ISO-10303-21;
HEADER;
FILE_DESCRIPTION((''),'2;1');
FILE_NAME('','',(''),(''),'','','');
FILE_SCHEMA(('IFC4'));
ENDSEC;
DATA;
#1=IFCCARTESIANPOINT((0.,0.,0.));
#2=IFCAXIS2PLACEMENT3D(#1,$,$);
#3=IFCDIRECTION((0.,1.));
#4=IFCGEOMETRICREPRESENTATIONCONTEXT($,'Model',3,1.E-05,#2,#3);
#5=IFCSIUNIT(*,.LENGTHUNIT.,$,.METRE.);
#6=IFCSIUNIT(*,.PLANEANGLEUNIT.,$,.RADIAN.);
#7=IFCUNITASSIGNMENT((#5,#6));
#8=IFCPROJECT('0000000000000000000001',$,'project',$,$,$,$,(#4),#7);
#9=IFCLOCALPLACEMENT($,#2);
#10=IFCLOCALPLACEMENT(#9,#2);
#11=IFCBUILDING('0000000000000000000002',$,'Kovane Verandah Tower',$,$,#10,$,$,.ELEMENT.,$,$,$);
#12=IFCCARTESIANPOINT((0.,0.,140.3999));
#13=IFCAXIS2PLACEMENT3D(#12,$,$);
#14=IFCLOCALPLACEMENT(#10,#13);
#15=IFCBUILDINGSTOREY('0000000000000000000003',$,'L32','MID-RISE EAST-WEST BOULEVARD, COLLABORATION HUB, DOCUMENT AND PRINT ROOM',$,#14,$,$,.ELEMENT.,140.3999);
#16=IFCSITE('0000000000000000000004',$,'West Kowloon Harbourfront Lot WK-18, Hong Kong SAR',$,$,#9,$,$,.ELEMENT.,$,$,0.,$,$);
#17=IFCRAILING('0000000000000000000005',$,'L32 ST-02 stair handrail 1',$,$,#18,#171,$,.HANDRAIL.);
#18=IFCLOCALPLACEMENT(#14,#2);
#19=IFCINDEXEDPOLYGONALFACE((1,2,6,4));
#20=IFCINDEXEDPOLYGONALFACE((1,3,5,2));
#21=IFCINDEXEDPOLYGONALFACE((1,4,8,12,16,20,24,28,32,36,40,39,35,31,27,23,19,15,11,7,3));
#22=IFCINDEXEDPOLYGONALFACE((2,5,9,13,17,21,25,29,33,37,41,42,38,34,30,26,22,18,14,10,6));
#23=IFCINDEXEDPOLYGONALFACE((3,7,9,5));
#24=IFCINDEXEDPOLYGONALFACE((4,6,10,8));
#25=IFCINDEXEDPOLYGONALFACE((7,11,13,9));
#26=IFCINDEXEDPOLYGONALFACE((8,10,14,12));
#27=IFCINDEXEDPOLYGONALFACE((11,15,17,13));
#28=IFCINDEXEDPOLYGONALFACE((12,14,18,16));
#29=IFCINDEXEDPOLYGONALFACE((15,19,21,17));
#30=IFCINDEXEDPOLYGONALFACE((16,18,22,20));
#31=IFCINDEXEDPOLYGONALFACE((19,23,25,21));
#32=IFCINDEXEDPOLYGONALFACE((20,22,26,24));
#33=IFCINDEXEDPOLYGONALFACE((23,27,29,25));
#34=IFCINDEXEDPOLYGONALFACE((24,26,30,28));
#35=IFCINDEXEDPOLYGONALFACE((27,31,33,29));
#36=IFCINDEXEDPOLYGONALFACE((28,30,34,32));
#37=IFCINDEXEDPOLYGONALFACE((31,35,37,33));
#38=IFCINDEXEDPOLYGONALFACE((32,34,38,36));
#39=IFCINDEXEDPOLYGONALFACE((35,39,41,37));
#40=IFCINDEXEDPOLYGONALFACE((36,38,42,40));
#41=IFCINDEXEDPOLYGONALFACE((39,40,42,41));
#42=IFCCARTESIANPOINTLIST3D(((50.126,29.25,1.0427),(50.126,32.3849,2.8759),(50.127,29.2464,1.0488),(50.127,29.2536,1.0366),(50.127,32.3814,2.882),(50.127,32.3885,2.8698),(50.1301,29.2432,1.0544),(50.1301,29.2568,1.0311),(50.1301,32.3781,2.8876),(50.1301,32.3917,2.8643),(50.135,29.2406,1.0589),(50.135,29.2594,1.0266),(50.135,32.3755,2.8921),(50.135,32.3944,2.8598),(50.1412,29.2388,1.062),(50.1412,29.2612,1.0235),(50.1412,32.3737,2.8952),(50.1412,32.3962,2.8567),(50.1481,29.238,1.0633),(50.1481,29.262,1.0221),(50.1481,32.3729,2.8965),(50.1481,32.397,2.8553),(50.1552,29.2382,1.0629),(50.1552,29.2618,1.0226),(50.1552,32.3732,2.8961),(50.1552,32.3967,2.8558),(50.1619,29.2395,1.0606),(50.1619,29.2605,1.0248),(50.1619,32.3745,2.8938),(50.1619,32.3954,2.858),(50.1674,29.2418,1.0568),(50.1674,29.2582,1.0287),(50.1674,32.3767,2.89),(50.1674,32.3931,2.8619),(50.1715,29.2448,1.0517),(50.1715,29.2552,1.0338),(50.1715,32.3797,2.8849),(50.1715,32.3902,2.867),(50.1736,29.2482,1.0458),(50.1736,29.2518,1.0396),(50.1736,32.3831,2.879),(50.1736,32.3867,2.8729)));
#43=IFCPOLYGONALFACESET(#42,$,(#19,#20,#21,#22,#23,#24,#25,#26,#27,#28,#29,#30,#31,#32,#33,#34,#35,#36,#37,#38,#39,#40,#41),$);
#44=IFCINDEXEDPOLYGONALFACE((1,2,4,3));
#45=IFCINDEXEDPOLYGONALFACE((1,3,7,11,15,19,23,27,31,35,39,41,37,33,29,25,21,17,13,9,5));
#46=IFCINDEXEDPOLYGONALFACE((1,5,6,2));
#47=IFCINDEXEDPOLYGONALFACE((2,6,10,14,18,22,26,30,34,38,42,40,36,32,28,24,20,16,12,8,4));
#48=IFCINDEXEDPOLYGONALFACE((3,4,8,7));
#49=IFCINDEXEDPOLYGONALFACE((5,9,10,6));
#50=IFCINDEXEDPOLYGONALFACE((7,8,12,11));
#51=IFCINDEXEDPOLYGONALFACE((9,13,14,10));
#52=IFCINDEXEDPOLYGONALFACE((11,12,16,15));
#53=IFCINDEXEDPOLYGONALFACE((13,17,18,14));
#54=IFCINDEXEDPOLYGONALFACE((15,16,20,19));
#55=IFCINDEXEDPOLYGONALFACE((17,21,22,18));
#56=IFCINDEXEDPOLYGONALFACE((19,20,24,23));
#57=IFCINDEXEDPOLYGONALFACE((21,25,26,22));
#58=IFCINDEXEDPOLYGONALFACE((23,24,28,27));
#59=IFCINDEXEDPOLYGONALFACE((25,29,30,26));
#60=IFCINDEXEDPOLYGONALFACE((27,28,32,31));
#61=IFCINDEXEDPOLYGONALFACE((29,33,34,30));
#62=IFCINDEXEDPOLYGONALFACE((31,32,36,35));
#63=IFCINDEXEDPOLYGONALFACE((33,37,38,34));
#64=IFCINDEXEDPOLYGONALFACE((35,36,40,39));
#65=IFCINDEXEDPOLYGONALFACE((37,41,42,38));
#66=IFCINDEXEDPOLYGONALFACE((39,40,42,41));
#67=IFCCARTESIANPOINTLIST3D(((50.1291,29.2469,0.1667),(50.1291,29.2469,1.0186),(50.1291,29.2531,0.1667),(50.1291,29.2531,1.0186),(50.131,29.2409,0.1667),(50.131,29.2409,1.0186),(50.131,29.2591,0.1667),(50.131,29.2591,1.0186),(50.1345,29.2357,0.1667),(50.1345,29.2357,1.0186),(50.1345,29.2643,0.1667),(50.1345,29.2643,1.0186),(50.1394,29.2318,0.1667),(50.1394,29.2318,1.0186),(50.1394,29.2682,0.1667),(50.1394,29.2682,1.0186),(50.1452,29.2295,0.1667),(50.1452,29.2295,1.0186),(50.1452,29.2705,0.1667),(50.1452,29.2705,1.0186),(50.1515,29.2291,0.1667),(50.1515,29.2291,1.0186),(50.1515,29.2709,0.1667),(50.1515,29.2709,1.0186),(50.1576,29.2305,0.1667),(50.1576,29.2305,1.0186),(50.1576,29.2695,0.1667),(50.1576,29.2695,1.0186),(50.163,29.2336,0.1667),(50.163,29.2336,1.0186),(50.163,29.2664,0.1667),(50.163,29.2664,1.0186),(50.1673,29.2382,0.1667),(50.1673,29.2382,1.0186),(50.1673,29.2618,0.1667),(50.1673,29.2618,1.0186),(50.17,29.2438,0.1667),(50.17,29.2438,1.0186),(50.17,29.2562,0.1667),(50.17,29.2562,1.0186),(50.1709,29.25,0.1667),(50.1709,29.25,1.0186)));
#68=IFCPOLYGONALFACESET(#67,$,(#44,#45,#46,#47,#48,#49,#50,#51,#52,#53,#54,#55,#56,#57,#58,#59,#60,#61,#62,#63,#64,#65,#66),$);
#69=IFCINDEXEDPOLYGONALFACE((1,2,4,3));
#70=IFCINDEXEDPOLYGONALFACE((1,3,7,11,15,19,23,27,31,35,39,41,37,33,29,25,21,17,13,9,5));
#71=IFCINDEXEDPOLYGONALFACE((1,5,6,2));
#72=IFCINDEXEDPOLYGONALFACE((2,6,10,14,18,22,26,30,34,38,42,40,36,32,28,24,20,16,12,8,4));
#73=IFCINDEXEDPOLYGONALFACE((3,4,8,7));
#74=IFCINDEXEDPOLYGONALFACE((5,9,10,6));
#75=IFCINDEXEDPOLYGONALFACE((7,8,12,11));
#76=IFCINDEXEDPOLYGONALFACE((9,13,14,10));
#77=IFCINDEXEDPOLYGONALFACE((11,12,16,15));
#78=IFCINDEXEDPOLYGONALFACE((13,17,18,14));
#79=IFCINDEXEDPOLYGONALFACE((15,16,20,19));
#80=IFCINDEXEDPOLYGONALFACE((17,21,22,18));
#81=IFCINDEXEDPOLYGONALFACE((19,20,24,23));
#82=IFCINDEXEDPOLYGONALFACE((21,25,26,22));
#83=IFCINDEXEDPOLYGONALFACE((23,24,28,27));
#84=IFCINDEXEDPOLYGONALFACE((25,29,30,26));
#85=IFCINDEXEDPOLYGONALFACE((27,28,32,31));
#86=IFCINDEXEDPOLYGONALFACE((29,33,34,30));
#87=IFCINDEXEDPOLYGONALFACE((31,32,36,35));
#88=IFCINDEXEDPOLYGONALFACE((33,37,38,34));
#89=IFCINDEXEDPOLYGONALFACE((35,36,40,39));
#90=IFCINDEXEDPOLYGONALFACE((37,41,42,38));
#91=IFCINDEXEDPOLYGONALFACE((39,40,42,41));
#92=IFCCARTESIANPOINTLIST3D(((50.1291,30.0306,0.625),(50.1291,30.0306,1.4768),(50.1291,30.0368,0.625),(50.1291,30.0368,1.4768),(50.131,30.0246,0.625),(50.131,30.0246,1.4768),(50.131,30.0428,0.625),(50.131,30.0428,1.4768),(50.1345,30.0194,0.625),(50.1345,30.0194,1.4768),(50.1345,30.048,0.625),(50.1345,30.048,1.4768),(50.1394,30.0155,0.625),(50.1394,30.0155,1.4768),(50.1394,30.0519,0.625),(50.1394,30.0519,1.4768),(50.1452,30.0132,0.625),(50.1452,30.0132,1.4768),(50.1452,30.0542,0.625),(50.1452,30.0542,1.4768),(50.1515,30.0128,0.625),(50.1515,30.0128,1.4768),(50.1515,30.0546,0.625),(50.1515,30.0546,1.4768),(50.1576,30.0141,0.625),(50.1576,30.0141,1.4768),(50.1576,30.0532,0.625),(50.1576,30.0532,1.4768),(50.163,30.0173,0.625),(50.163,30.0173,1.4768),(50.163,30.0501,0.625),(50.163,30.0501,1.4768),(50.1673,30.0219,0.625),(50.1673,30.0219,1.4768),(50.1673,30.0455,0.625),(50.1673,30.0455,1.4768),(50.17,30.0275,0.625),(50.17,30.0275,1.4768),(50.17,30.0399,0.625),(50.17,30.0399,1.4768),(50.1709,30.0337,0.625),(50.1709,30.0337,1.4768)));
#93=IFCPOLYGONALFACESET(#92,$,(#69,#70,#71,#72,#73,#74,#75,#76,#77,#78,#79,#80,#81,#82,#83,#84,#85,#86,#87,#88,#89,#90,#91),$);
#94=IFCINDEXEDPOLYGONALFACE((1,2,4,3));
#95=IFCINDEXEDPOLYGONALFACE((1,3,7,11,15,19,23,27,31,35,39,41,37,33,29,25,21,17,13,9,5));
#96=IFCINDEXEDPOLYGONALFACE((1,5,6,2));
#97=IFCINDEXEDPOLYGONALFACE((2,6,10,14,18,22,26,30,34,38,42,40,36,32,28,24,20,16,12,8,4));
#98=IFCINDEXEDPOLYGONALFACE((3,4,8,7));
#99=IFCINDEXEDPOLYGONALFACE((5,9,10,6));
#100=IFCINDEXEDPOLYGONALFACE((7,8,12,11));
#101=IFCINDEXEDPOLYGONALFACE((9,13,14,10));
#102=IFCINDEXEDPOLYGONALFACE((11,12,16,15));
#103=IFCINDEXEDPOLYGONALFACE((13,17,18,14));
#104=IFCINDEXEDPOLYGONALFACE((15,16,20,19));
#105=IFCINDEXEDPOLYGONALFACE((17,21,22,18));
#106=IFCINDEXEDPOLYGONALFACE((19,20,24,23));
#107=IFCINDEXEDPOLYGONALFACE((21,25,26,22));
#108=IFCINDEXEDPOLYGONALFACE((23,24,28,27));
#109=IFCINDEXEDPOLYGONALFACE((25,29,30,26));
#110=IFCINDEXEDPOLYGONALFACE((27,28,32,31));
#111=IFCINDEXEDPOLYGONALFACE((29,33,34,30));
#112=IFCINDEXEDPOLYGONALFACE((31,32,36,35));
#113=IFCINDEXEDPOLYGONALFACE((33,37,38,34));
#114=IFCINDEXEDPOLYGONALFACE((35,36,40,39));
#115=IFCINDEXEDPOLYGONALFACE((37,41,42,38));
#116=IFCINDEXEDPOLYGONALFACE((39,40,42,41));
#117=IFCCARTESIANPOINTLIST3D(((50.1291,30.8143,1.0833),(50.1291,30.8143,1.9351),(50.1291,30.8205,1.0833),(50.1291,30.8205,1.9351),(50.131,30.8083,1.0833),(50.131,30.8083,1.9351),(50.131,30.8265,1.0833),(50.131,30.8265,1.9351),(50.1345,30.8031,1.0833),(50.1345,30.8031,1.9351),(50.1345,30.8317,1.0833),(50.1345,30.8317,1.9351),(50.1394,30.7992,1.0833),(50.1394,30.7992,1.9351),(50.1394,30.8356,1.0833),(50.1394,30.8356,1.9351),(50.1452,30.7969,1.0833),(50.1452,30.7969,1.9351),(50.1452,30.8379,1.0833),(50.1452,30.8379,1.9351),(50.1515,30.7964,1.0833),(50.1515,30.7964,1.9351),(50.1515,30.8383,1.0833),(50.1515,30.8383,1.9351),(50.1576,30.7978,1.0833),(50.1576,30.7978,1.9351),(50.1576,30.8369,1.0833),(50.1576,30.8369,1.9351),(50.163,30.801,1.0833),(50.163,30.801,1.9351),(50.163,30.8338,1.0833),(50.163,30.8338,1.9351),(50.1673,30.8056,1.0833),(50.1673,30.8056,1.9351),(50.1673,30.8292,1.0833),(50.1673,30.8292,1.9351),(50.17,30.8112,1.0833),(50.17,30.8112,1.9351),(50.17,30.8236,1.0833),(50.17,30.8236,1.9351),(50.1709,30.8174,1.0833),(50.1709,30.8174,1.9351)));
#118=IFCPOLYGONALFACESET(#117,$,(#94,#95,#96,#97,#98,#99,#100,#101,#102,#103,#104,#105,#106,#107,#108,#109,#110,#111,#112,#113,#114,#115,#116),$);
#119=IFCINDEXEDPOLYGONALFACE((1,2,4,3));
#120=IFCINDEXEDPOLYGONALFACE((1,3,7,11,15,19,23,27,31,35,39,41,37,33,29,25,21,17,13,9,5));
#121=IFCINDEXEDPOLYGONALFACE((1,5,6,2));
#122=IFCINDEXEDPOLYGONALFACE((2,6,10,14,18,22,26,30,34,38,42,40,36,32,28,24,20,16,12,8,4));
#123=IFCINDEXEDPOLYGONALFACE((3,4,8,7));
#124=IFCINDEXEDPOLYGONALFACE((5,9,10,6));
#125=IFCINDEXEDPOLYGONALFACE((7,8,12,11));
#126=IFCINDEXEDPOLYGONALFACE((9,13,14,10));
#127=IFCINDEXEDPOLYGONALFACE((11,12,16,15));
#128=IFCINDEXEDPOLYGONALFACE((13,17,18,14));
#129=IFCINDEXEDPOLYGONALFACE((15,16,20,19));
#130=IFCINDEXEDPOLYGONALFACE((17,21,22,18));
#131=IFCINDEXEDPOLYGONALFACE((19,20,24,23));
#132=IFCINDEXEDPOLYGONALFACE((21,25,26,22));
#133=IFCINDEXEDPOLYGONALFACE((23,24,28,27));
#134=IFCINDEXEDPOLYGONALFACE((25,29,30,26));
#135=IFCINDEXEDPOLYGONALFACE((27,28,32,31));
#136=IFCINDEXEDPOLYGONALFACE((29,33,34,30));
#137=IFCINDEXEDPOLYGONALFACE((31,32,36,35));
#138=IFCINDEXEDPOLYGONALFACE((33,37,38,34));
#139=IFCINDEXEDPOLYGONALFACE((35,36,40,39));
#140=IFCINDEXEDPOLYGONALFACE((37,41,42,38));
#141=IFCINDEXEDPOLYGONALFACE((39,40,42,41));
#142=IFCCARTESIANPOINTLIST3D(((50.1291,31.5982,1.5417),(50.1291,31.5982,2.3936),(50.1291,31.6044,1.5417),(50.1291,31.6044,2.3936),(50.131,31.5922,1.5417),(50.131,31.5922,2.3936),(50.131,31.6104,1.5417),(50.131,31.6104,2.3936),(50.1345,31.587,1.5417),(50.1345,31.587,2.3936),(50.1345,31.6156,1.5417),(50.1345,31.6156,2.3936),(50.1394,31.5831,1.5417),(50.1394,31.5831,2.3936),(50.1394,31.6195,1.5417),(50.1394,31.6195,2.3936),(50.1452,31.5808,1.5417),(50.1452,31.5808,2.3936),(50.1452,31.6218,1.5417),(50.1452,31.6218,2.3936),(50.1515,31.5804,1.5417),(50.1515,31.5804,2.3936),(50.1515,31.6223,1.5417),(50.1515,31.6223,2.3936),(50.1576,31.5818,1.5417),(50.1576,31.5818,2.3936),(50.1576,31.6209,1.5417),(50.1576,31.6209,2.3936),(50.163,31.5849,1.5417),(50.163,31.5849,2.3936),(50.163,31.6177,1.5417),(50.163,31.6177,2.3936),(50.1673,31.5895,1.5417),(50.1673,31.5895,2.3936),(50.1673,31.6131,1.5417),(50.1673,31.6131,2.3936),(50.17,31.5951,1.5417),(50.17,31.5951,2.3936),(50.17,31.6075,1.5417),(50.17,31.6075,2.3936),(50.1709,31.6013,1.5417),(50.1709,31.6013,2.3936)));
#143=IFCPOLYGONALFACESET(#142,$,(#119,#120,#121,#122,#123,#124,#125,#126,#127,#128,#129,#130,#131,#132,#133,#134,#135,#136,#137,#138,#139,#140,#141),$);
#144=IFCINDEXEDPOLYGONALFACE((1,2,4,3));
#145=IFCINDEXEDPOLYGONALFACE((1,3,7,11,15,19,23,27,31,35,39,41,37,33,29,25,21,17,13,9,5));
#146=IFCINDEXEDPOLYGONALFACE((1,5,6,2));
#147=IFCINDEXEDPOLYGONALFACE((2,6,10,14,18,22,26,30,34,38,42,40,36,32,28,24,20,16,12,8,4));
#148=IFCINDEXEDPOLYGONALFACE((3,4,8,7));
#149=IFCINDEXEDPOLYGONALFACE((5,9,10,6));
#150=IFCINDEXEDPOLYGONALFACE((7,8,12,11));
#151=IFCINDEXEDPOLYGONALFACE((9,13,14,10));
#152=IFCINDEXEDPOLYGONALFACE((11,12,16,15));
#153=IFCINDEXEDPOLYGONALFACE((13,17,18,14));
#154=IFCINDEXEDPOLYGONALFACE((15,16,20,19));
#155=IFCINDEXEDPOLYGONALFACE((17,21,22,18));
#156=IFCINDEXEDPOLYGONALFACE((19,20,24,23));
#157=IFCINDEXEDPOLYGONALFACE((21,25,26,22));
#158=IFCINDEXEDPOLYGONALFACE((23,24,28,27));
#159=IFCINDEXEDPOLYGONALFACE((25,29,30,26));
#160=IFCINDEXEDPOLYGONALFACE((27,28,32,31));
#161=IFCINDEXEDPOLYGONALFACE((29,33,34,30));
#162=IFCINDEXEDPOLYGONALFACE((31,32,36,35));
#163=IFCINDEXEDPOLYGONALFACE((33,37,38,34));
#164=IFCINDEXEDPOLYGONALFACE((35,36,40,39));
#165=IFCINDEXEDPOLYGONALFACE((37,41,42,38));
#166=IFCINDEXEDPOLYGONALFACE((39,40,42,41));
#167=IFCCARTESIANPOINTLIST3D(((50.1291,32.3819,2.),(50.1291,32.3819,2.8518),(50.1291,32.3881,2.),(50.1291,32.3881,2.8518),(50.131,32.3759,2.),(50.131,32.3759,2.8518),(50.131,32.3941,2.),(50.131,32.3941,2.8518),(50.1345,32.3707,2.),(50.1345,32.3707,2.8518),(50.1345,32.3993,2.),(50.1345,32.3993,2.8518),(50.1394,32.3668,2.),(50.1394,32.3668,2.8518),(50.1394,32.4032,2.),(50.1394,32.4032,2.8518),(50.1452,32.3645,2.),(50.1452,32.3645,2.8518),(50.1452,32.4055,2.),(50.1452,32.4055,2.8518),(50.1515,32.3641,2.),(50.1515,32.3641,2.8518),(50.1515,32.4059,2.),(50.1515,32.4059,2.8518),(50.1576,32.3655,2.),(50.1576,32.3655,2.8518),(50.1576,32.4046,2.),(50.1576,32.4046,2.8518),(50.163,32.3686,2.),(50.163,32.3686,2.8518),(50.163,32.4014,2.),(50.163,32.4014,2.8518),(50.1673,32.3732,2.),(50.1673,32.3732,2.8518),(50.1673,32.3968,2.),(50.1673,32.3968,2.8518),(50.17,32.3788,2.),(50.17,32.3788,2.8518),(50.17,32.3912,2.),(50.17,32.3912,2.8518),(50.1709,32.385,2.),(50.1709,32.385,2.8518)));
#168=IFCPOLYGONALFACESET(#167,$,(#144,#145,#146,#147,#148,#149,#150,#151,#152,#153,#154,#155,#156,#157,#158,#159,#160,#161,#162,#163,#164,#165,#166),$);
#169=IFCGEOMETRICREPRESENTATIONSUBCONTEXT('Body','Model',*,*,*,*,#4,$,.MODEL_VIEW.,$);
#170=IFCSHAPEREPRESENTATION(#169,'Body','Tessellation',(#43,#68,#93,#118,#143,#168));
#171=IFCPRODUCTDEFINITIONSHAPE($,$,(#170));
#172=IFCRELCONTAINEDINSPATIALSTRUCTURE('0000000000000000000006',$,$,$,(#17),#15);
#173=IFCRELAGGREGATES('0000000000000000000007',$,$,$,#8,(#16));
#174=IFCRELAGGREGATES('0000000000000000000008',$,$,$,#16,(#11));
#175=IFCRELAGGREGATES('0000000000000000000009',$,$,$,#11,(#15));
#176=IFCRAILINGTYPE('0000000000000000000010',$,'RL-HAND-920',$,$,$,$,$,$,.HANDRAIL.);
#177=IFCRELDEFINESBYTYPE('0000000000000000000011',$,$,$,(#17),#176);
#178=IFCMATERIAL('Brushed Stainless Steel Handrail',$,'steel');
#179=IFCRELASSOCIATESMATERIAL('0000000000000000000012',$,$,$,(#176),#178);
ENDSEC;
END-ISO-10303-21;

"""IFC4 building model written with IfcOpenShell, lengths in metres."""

from ifc_helpers import new_model, si_unit, direction, frame, origin, origin_2d, place, context, subcontext, project, spatial, circle, extrude, material, type_object, element, save


model = new_model("IFC4")

# Units and contexts
model_context = context("Model", 3, precision=1e-05, world=origin(), true_north=direction((0.0, 1.0)))
body_context = subcontext(model_context, "Body", "Model", "MODEL_VIEW")
ifc_project = project(units=[si_unit("LENGTHUNIT", "METRE"), si_unit("PLANEANGLEUNIT", "RADIAN")], contexts=[model_context])

# Site, building, storey
site_placement = place(None, origin())
site = spatial("IfcSite", under=ifc_project, at=site_placement, Name="West Kowloon Harbourfront Lot WK-18, Hong Kong SAR", CompositionType="ELEMENT", RefElevation=0.0)
building_placement = place(site_placement, origin())
building = spatial("IfcBuilding", under=site, at=building_placement, Name="Kovane Verandah Tower", CompositionType="ELEMENT")
storey_placement = place(building_placement, frame((0.0, 0.0, 140.3999)))
storey = spatial("IfcBuildingStorey", under=building, at=storey_placement, Name="L32", Description="MID-RISE EAST-WEST BOULEVARD, COLLABORATION HUB, DOCUMENT AND PRINT ROOM", CompositionType="ELEMENT", Elevation=140.3999)

# Railing
ifc_material_1 = material(Name="Brushed Stainless Steel Handrail", Category="steel")
railing_type_1 = type_object("IfcRailingType", Name="RL-HAND-920", PredefinedType="HANDRAIL", material=ifc_material_1)
railing_1_placement = place(storey_placement, frame((50.1499, 29.25, 0.1667)))
element("IfcRailing", 1, at=railing_1_placement, inside=storey, type_object=railing_type_1, Name="L32 ST-02 stair handrail 1", PredefinedType="HANDRAIL", context=body_context, shape_type="SweptSolid", body=[
    extrude(circle(Radius=0.0239, at=origin_2d()), frame((0.0, 0.0, 0.876), z_axis=(0.0, 0.86324, 0.504794), x_axis=(-1.0, 0.0, 0.0)), (0.0, 0.0, 1.0), 3.6316),
    extrude(circle(Radius=0.021, at=origin_2d()), origin(), (0.0, 0.0, 1.0), 0.8518),
    extrude(circle(Radius=0.021, at=origin_2d()), frame((0.0, 0.7837, 0.4583)), (0.0, 0.0, 1.0), 0.8518),
    extrude(circle(Radius=0.021, at=origin_2d()), frame((0.0, 1.5674, 0.9165)), (0.0, 0.0, 1.0), 0.8518),
    extrude(circle(Radius=0.021, at=origin_2d()), frame((0.0, 2.3513, 1.375)), (0.0, 0.0, 1.0), 0.8518),
    extrude(circle(Radius=0.021, at=origin_2d()), frame((0.0, 3.135, 1.8333)), (0.0, 0.0, 1.0), 0.8518),
])

save(model, "model.ifc")
